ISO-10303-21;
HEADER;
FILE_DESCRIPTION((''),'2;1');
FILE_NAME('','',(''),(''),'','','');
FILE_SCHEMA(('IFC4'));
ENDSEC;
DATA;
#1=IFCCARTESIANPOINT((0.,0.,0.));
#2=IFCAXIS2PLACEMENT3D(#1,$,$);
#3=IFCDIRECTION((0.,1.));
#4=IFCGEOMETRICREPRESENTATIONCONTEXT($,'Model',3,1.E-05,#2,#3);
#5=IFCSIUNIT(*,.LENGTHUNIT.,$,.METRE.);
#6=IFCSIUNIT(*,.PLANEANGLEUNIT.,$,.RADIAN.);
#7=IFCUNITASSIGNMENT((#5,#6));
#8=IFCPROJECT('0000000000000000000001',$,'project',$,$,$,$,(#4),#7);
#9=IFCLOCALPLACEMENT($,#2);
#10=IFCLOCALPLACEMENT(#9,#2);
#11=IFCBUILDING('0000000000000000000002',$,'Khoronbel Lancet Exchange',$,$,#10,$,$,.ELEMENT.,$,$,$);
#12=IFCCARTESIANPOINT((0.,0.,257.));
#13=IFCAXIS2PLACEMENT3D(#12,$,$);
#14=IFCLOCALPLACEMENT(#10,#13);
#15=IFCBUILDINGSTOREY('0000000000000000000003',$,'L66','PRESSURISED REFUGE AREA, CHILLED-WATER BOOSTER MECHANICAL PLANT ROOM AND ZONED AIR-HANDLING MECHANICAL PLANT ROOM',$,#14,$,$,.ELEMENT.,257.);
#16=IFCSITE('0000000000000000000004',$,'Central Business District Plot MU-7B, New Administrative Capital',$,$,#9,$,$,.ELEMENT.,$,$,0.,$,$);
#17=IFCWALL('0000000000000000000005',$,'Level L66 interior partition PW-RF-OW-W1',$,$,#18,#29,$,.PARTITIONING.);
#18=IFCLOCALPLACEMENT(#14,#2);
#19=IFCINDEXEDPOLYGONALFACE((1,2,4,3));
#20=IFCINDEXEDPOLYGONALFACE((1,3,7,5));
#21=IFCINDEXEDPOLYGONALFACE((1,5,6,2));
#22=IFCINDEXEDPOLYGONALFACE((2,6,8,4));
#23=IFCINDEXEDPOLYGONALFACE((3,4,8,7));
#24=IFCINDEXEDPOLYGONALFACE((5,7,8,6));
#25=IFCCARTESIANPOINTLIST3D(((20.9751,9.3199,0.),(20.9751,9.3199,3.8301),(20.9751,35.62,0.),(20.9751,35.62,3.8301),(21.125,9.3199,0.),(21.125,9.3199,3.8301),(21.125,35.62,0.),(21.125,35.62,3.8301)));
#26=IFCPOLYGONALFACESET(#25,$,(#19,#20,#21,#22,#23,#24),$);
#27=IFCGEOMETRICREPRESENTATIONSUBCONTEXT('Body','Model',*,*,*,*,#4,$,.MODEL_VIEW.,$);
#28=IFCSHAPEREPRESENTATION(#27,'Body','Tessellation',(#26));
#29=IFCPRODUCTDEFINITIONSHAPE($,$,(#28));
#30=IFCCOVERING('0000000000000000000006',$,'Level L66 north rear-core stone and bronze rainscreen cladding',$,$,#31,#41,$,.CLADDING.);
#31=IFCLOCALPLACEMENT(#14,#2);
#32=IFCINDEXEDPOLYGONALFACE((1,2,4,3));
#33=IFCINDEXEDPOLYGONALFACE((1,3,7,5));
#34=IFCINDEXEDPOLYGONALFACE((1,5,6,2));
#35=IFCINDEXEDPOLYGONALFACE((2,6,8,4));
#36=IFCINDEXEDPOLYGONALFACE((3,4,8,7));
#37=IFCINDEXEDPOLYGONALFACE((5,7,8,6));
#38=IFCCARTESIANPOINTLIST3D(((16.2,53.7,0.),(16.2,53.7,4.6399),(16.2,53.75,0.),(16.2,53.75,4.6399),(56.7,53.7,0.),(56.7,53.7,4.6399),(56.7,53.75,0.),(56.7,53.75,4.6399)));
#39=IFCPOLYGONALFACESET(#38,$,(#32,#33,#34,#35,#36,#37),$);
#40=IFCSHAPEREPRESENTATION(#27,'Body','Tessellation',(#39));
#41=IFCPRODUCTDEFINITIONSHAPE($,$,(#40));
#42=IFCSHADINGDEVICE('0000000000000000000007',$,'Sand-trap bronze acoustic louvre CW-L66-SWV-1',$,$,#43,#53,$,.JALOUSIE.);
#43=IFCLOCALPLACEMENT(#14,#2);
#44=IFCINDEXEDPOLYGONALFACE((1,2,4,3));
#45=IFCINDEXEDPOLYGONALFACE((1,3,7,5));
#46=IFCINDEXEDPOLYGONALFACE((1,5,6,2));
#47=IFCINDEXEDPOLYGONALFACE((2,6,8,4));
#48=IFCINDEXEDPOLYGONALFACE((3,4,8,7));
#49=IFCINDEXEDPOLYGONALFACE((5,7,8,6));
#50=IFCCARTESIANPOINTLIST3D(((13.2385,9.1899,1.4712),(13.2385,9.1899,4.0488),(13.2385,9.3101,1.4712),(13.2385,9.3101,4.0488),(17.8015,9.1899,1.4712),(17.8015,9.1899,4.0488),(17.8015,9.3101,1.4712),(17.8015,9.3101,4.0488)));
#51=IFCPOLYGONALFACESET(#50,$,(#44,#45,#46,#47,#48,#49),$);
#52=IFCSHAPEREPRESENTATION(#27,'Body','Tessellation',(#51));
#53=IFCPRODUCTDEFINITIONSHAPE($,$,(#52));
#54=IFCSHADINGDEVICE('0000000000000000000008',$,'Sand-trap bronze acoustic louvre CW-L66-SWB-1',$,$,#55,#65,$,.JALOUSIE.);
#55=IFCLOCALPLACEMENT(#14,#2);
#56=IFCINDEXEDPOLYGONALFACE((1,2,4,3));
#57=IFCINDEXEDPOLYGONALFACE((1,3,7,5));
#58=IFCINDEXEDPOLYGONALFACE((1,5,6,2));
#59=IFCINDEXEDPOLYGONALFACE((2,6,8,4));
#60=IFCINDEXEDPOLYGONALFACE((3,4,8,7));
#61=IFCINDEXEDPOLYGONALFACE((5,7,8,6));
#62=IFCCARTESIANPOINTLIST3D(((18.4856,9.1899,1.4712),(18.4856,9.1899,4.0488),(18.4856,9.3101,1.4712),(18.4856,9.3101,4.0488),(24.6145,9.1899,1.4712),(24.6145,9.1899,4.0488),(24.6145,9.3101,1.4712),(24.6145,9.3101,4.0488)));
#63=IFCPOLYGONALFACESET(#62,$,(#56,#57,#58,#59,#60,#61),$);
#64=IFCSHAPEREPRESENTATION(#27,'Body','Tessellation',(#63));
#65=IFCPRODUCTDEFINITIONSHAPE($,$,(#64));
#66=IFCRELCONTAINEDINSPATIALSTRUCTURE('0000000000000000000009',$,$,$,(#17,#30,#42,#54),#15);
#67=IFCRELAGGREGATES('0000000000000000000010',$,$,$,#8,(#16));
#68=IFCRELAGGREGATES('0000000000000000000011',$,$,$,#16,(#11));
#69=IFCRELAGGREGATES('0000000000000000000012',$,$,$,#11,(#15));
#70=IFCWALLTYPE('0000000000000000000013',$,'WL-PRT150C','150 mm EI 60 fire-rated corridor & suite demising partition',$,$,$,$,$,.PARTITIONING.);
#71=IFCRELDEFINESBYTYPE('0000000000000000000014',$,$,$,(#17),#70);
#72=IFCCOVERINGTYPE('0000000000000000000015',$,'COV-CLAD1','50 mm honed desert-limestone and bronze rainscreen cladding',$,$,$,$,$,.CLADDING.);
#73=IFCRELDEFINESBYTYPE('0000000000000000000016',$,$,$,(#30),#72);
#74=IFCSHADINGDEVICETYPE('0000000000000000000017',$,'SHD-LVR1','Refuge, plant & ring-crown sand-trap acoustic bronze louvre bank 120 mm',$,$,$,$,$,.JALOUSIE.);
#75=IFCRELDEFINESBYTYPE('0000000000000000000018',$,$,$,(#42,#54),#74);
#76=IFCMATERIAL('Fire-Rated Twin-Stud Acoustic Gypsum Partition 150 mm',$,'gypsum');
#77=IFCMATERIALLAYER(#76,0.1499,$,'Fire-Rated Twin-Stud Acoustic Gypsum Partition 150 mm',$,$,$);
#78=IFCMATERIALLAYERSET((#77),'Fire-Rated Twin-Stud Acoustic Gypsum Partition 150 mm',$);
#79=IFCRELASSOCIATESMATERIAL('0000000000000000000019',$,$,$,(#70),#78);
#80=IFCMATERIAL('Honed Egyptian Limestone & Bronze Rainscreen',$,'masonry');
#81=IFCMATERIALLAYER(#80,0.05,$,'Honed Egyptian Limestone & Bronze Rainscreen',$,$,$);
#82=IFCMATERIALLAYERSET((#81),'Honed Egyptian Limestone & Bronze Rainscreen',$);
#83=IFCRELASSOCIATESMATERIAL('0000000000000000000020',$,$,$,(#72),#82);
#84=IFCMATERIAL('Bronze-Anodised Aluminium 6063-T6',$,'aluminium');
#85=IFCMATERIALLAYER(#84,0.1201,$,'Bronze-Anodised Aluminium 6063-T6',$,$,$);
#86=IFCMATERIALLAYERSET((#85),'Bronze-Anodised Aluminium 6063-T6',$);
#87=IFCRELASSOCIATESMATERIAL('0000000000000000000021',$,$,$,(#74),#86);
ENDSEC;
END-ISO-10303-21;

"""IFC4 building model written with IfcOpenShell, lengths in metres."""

from ifc_helpers import new_model, si_unit, direction, frame, frame_2d, origin, origin_2d, place, context, subcontext, project, spatial, polyline, rectangle, outline, extrude, material, layer, layer_set, type_object, element, save


model = new_model("IFC4")

# Units and contexts
model_context = context("Model", 3, precision=1e-05, world=origin(), true_north=direction((0.0, 1.0)))
body_context = subcontext(model_context, "Body", "Model", "MODEL_VIEW")
ifc_project = project(units=[si_unit("LENGTHUNIT", "METRE"), si_unit("PLANEANGLEUNIT", "RADIAN")], contexts=[model_context])

# Site, building, storey
site_placement = place(None, origin())
site = spatial("IfcSite", under=ifc_project, at=site_placement, Name="Central Business District Plot MU-7B, New Administrative Capital", CompositionType="ELEMENT", RefElevation=0.0)
building_placement = place(site_placement, origin())
building = spatial("IfcBuilding", under=site, at=building_placement, Name="Khoronbel Lancet Exchange", CompositionType="ELEMENT")
storey_placement = place(building_placement, frame((0.0, 0.0, 257.0)))
storey = spatial("IfcBuildingStorey", under=building, at=storey_placement, Name="L66", Description="PRESSURISED REFUGE AREA, CHILLED-WATER BOOSTER MECHANICAL PLANT ROOM AND ZONED AIR-HANDLING MECHANICAL PLANT ROOM", CompositionType="ELEMENT", Elevation=257.0)

# Shared definitions
ifc_material_1 = material(Name="Bronze-Anodised Aluminium 6063-T6", Category="aluminium")

# Wall
ifc_material_2 = material(Name="Fire-Rated Twin-Stud Acoustic Gypsum Partition 150 mm", Category="gypsum")
ifc_layer_1 = layer(ifc_material_2, 0.1499, Name="Fire-Rated Twin-Stud Acoustic Gypsum Partition 150 mm")
ifc_layer_set_1 = layer_set([ifc_layer_1], Name="Fire-Rated Twin-Stud Acoustic Gypsum Partition 150 mm")
wall_type_1 = type_object("IfcWallType", Name="WL-PRT150C", Description="150 mm EI 60 fire-rated corridor & suite demising partition", PredefinedType="PARTITIONING", material=ifc_layer_set_1)
wall_1_placement = place(storey_placement, frame((21.05, 9.3201, 0.0), z_axis=(0.0, 0.0, 1.0), x_axis=(0.0, 1.0, 0.0)))
element("IfcWall", 1, at=wall_1_placement, inside=storey, type_object=wall_type_1, Name="Level L66 interior partition PW-RF-OW-W1", PredefinedType="PARTITIONING", context=body_context, shape_type="SweptSolid", body=[
    extrude(rectangle(XDim=26.3, YDim=0.1499, at=frame_2d((13.1499, 0.0))), origin(), (0.0, 0.0, 1.0), 3.8301),
])

# Covering
ifc_material_3 = material(Name="Honed Egyptian Limestone & Bronze Rainscreen", Category="masonry")
ifc_layer_2 = layer(ifc_material_3, 0.05, Name="Honed Egyptian Limestone & Bronze Rainscreen")
ifc_layer_set_2 = layer_set([ifc_layer_2], Name="Honed Egyptian Limestone & Bronze Rainscreen")
covering_type = type_object("IfcCoveringType", Name="COV-CLAD1", Description="50 mm honed desert-limestone and bronze rainscreen cladding", PredefinedType="CLADDING", material=ifc_layer_set_2)
covering_placement = place(storey_placement, origin())
element("IfcCovering", 2, at=covering_placement, inside=storey, type_object=covering_type, Name="Level L66 north rear-core stone and bronze rainscreen cladding", PredefinedType="CLADDING", context=body_context, shape_type="SweptSolid", body=[
    extrude(outline(polyline([(16.2, 53.7), (56.7, 53.7), (56.7, 53.75), (16.2, 53.75), (16.2, 53.7)])), origin(), (0.0, 0.0, 1.0), 4.6399),
])

# Shading devices
ifc_layer_3 = layer(ifc_material_1, 0.1201, Name="Bronze-Anodised Aluminium 6063-T6")
ifc_layer_set_3 = layer_set([ifc_layer_3], Name="Bronze-Anodised Aluminium 6063-T6")
shading_device_type = type_object("IfcShadingDeviceType", Name="SHD-LVR1", Description="Refuge, plant & ring-crown sand-trap acoustic bronze louvre bank 120 mm", PredefinedType="JALOUSIE", material=ifc_layer_set_3)
shading_device_1_placement = place(storey_placement, frame((15.52, 9.25, 1.4712), z_axis=(0.0, 0.0, 1.0), x_axis=(1.0, 0.0, 0.0)))
element("IfcShadingDevice", 3, at=shading_device_1_placement, inside=storey, type_object=shading_device_type, Name="Sand-trap bronze acoustic louvre CW-L66-SWV-1", PredefinedType="JALOUSIE", context=body_context, shape_type="SweptSolid", body=[
    extrude(rectangle(XDim=4.563, YDim=0.1201, at=origin_2d()), origin(), (0.0, 0.0, 1.0), 2.5776),
])
shading_device_2_placement = place(storey_placement, frame((21.55, 9.25, 1.4712), z_axis=(0.0, 0.0, 1.0), x_axis=(1.0, 0.0, 0.0)))
element("IfcShadingDevice", 4, at=shading_device_2_placement, inside=storey, type_object=shading_device_type, Name="Sand-trap bronze acoustic louvre CW-L66-SWB-1", PredefinedType="JALOUSIE", context=body_context, shape_type="SweptSolid", body=[
    extrude(rectangle(XDim=6.1289, YDim=0.1201, at=origin_2d()), origin(), (0.0, 0.0, 1.0), 2.5776),
])

save(model, "model.ifc")
